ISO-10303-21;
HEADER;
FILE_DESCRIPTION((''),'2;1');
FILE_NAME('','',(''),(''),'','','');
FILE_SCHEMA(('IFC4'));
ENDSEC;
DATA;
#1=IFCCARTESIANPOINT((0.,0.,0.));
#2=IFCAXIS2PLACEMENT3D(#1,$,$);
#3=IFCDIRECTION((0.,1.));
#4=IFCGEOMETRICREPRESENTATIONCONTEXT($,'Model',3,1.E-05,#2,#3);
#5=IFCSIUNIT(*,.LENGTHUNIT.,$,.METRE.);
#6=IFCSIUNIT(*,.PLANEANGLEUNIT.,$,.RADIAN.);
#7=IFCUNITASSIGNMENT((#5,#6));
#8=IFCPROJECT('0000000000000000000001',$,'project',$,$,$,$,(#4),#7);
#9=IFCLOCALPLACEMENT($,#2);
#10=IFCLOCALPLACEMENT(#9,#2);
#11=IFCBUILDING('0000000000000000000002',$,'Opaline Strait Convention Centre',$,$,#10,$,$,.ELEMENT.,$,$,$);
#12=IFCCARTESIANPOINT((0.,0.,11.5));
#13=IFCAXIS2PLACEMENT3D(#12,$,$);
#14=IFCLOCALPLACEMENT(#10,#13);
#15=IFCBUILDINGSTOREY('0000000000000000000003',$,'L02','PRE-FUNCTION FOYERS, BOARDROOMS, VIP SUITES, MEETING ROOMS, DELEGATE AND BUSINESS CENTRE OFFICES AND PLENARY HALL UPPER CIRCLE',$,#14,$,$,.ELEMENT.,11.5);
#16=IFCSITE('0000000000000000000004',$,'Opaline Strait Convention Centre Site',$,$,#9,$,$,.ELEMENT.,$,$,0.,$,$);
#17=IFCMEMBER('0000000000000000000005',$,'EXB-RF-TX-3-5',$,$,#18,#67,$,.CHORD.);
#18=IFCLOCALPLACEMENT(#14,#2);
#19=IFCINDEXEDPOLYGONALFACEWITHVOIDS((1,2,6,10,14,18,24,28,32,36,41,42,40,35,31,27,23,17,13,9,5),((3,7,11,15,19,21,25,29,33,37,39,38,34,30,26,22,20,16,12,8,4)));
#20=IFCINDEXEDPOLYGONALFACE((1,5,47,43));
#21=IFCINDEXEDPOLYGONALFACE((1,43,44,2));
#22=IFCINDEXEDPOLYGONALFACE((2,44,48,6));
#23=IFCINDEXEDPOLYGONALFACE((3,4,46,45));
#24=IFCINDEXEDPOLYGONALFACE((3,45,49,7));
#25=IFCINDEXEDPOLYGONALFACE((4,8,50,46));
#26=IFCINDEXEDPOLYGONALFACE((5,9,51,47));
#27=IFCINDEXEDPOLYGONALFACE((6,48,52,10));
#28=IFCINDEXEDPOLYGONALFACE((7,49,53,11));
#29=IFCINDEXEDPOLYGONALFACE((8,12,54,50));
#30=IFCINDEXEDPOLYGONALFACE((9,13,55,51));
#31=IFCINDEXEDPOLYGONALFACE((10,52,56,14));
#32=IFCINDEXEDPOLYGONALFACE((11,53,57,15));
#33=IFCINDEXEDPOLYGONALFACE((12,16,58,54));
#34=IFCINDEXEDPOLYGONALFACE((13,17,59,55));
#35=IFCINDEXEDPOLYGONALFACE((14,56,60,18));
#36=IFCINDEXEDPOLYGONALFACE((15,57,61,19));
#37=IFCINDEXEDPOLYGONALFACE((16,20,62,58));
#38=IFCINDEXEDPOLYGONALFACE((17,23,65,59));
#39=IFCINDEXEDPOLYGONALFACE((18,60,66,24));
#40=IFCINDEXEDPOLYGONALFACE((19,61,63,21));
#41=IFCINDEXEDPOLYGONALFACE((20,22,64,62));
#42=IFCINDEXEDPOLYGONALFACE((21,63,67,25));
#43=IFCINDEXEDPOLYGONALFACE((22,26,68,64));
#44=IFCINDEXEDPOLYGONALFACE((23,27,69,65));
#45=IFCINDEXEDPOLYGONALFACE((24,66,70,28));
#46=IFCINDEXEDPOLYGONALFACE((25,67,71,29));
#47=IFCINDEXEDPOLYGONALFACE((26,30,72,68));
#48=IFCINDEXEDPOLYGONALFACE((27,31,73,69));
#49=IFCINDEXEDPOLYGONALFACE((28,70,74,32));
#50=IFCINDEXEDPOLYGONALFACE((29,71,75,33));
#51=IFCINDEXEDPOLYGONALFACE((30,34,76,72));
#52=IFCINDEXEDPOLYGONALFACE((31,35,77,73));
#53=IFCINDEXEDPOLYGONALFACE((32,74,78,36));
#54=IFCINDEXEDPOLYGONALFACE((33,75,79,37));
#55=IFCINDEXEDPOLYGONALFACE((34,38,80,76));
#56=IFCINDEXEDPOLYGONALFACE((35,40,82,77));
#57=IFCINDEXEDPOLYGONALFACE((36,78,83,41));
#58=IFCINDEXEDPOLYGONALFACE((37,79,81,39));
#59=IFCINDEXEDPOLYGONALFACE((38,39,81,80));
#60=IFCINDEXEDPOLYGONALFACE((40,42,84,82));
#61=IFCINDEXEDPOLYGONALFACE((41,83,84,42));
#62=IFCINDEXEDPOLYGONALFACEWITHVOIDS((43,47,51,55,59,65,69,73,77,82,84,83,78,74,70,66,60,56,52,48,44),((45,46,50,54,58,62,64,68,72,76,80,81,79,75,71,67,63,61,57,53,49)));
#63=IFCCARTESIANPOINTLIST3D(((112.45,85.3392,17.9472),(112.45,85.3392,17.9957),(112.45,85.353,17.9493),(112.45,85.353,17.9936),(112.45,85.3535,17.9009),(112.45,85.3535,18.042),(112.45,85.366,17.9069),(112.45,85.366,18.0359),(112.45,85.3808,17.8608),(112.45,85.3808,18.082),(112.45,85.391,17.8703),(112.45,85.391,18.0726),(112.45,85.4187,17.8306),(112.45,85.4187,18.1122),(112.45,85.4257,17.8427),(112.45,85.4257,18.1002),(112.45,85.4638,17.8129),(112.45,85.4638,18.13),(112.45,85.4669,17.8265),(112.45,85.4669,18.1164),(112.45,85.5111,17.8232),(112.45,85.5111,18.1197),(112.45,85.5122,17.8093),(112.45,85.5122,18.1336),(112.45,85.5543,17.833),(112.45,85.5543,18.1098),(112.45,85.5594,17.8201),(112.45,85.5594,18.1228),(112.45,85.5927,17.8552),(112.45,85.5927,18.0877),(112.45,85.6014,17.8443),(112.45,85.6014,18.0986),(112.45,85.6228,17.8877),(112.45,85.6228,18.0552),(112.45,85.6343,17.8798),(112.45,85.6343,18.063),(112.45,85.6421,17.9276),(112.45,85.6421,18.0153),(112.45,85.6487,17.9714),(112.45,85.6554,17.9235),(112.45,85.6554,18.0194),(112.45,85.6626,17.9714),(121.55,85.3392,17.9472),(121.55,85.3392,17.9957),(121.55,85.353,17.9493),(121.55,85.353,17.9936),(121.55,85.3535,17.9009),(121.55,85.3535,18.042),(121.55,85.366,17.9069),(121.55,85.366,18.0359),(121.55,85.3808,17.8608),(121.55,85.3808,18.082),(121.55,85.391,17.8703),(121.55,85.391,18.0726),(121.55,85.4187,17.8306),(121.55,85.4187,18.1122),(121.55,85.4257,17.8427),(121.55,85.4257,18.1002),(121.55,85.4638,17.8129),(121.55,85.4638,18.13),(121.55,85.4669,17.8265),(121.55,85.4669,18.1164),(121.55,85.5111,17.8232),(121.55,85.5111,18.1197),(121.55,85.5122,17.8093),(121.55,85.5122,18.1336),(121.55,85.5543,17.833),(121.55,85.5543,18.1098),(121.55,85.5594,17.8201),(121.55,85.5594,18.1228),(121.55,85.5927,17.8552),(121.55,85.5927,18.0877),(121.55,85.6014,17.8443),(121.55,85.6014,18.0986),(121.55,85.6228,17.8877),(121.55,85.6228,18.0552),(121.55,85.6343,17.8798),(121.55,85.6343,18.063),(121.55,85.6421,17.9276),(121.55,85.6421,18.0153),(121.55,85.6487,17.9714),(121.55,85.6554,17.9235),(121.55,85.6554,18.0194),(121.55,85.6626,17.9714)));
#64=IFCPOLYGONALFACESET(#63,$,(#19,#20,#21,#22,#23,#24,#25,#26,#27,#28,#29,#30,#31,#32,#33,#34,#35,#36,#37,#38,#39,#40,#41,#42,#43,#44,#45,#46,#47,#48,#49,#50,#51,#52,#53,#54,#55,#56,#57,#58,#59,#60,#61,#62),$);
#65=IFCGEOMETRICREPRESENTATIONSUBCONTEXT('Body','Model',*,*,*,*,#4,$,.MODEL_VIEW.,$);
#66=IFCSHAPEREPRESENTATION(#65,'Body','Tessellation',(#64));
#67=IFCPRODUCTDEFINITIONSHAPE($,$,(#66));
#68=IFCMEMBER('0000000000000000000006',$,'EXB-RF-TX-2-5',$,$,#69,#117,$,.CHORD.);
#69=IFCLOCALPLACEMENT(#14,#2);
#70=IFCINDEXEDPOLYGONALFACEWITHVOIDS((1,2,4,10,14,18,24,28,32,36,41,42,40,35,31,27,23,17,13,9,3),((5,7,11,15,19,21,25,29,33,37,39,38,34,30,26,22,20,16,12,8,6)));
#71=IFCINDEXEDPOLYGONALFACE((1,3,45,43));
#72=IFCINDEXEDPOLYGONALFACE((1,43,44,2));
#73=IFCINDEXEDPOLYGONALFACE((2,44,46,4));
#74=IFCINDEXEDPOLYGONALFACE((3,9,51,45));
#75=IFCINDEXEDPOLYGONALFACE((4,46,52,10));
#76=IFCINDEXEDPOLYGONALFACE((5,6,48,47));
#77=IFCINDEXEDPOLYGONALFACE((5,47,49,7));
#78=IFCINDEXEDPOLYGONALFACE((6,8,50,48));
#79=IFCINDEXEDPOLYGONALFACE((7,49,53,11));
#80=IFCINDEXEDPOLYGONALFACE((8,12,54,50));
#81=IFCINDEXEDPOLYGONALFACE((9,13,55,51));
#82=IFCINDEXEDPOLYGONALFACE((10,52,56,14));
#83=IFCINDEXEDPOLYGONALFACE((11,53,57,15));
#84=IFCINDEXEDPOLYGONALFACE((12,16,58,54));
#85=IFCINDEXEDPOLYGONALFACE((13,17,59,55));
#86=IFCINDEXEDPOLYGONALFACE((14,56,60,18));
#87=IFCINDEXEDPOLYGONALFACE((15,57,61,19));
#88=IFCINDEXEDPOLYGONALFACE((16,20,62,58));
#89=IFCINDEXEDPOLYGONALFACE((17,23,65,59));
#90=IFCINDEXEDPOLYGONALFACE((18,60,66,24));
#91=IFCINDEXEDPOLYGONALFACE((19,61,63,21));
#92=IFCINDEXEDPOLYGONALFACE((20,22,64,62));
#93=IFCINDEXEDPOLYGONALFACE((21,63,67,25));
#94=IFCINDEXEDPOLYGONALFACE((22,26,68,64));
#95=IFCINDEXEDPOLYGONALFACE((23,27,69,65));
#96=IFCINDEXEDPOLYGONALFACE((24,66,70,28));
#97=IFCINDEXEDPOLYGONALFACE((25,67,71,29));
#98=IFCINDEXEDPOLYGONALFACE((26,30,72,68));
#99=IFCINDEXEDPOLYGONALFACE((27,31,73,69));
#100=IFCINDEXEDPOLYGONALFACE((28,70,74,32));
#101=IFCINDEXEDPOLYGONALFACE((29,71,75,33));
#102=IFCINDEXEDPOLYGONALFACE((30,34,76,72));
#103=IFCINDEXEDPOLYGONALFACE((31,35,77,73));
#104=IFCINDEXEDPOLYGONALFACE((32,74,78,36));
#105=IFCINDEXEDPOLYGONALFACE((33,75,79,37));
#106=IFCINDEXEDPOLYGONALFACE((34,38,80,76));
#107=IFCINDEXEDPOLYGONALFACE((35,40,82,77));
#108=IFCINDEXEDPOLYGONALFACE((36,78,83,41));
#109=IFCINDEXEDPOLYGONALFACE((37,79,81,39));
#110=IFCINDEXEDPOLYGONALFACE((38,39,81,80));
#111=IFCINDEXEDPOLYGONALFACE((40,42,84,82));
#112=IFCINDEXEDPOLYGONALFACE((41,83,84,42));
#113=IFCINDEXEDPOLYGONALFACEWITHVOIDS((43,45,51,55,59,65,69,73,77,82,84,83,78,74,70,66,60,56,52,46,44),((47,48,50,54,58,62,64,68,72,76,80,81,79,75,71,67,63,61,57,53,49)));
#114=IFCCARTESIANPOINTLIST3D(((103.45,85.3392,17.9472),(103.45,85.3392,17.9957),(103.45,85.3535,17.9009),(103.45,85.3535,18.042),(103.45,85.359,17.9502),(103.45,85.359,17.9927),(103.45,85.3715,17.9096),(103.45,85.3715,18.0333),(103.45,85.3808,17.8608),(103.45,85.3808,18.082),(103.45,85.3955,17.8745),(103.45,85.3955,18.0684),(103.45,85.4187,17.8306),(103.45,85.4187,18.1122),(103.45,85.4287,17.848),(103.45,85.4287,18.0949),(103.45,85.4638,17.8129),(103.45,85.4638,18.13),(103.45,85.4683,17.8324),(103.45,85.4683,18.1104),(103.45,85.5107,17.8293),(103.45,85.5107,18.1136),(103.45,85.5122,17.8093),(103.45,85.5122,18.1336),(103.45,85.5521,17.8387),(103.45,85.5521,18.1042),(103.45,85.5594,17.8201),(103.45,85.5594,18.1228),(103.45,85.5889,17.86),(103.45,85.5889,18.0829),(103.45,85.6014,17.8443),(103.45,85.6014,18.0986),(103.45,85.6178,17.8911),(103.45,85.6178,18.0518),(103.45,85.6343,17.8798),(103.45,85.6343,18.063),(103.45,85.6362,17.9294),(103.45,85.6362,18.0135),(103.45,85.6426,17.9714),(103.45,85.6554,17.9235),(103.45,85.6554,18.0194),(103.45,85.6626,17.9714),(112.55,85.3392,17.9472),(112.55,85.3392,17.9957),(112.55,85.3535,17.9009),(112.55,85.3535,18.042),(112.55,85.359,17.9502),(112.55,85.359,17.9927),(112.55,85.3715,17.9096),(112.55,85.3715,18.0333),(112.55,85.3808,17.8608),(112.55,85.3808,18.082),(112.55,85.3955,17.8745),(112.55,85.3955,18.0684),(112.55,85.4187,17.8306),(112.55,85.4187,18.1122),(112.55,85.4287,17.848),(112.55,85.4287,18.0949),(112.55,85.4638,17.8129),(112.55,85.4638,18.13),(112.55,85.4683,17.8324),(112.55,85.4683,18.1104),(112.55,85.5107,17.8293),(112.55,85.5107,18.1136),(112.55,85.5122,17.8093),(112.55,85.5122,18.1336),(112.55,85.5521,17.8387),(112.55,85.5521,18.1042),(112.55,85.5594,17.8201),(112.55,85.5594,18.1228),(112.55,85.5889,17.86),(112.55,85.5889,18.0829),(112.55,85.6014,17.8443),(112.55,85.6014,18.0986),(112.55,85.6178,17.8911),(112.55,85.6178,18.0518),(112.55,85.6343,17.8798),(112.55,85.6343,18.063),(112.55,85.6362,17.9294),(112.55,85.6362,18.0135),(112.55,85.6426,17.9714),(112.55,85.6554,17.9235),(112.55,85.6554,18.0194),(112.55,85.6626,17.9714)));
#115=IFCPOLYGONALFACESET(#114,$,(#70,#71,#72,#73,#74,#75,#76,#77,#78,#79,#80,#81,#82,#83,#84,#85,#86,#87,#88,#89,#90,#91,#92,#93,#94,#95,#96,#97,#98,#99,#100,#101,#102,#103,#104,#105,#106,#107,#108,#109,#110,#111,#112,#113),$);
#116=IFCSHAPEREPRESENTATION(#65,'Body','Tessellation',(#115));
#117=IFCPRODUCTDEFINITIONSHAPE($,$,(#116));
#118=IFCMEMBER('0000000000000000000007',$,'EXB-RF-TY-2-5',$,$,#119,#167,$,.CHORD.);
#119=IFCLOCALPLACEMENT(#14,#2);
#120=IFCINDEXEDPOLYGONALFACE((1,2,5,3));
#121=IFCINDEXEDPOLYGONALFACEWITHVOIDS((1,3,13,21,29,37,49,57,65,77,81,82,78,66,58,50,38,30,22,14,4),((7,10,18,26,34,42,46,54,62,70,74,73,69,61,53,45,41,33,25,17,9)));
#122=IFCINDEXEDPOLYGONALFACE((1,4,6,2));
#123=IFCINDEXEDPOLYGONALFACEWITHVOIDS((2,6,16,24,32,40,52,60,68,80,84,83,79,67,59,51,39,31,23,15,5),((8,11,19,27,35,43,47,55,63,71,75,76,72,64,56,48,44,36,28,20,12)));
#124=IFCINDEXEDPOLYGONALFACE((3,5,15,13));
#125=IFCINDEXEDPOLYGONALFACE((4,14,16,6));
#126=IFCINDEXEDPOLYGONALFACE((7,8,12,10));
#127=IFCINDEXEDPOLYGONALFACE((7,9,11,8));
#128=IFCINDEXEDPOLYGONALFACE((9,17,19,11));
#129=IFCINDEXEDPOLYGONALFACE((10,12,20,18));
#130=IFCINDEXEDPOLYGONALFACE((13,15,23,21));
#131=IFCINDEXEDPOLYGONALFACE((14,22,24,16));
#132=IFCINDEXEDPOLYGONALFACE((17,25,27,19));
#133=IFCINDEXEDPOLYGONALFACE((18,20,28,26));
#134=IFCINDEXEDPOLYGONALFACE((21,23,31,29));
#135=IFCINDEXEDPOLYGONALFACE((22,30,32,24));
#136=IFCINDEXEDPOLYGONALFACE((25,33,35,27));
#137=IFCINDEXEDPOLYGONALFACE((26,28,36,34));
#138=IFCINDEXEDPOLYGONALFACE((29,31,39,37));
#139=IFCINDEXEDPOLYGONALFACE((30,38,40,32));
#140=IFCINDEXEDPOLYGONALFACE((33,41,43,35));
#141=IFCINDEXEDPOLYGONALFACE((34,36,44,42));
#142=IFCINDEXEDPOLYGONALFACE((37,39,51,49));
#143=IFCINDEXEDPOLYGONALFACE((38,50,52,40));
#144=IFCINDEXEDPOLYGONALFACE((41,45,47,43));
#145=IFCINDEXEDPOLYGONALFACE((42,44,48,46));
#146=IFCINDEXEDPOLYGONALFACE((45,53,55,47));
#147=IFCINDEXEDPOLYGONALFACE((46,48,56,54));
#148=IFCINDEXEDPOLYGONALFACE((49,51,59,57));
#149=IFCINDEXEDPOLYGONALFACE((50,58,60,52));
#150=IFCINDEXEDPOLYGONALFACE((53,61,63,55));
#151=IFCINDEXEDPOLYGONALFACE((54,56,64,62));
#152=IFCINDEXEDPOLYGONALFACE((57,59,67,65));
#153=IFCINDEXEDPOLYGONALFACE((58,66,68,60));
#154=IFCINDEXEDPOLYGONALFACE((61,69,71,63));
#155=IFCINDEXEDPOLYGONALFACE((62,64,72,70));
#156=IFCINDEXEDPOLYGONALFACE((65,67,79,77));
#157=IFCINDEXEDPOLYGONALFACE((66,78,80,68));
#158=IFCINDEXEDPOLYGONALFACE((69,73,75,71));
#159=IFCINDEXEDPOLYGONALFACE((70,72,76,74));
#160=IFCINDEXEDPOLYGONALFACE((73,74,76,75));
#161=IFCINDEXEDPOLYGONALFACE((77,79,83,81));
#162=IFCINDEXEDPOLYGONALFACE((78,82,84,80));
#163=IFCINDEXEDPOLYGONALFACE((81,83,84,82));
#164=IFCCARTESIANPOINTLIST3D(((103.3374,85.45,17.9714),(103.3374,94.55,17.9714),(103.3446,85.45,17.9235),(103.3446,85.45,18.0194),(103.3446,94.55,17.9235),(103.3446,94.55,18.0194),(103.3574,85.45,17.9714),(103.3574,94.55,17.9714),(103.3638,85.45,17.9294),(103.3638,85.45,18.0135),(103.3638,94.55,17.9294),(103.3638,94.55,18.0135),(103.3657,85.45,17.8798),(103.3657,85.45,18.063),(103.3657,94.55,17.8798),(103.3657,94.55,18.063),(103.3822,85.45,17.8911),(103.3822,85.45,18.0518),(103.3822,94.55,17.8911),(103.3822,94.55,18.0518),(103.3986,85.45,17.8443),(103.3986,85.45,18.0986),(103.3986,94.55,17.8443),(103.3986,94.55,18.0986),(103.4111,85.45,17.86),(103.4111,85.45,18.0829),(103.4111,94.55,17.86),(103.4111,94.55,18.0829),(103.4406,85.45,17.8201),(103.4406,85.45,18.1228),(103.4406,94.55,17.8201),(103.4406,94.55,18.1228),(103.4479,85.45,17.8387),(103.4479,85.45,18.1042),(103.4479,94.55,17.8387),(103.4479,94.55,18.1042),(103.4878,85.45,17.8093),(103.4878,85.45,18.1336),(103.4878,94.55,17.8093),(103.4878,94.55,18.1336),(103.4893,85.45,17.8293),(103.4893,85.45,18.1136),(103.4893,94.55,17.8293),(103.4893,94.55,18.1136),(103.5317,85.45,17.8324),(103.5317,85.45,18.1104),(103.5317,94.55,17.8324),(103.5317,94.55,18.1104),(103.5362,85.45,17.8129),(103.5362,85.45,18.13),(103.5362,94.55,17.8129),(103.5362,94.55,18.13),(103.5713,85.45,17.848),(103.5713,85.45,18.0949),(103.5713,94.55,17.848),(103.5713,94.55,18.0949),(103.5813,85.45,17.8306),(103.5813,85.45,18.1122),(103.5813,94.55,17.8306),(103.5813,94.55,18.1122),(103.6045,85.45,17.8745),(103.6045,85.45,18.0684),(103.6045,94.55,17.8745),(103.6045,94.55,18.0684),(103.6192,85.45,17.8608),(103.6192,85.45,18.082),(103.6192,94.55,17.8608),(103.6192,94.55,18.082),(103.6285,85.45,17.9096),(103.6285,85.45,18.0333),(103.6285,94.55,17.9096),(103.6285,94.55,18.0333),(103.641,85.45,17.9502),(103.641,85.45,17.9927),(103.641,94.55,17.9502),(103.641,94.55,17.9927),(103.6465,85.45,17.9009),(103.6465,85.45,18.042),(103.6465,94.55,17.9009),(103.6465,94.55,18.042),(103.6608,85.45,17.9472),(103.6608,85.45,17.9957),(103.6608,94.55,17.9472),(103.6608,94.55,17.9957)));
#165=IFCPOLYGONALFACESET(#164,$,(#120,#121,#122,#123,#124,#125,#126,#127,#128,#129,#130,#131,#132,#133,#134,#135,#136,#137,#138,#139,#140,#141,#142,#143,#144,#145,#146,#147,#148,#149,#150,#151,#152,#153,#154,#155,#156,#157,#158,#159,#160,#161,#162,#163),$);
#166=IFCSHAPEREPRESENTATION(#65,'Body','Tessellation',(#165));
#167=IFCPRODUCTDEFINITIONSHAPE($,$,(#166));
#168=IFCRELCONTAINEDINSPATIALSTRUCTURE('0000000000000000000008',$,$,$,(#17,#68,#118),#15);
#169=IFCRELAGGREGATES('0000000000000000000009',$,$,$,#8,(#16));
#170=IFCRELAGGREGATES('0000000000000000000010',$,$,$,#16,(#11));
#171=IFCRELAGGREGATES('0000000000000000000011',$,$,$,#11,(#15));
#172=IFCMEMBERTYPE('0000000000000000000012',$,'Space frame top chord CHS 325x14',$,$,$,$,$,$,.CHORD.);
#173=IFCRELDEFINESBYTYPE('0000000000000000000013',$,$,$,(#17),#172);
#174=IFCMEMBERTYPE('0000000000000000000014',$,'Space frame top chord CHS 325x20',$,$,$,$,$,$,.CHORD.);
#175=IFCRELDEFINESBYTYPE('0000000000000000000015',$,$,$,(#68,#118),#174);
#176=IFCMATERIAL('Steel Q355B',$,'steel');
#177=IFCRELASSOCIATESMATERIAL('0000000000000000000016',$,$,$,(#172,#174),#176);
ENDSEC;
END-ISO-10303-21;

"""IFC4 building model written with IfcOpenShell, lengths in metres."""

from ifc_helpers import new_model, si_unit, direction, frame, origin, origin_2d, place, context, subcontext, project, spatial, hollow_circle, extrude, material, material_profile, profile_set, type_object, element, save


model = new_model("IFC4")

# Units and contexts
model_context = context("Model", 3, precision=1e-05, world=origin(), true_north=direction((0.0, 1.0)))
body_context = subcontext(model_context, "Body", "Model", "MODEL_VIEW")
ifc_project = project(units=[si_unit("LENGTHUNIT", "METRE"), si_unit("PLANEANGLEUNIT", "RADIAN")], contexts=[model_context])

# Site, building, storey
site_placement = place(None, origin())
site = spatial("IfcSite", under=ifc_project, at=site_placement, Name="Opaline Strait Convention Centre Site", CompositionType="ELEMENT", RefElevation=0.0)
building_placement = place(site_placement, origin())
building = spatial("IfcBuilding", under=site, at=building_placement, Name="Opaline Strait Convention Centre", CompositionType="ELEMENT")
storey_placement = place(building_placement, frame((0.0, 0.0, 11.5)))
storey = spatial("IfcBuildingStorey", under=building, at=storey_placement, Name="L02", Description="PRE-FUNCTION FOYERS, BOARDROOMS, VIP SUITES, MEETING ROOMS, DELEGATE AND BUSINESS CENTRE OFFICES AND PLENARY HALL UPPER CIRCLE", CompositionType="ELEMENT", Elevation=11.5)

# Shared definitions
ifc_material_1 = material(Name="Steel Q355B", Category="steel")

# Members
ifc_material_profile_1 = material_profile(ifc_material_1, hollow_circle(Radius=0.1626, WallThickness=0.0139, at=origin_2d()), Name="CHS 325x14")
ifc_profile_set_1 = profile_set([ifc_material_profile_1], Name="Steel Q355B")
member_type_1 = type_object("IfcMemberType", Name="Space frame top chord CHS 325x14", PredefinedType="CHORD", material=ifc_profile_set_1)
member_1_placement = place(storey_placement, frame((112.45, 85.5, 17.9714), z_axis=(1.0, 0.0, 0.0), x_axis=(0.0, 1.0, 0.0)))
element("IfcMember", 1, at=member_1_placement, inside=storey, type_object=member_type_1, Name="EXB-RF-TX-3-5", PredefinedType="CHORD", context=body_context, shape_type="SweptSolid", body=[
    extrude(hollow_circle(Radius=0.1626, WallThickness=0.0139, at=origin_2d()), origin(), (0.0, 0.0, 1.0), 9.1001),
])
ifc_material_profile_2 = material_profile(ifc_material_1, hollow_circle(Radius=0.1626, WallThickness=0.02, at=origin_2d()), Name="CHS 325x20")
ifc_profile_set_2 = profile_set([ifc_material_profile_2], Name="Steel Q355B")
member_type_2 = type_object("IfcMemberType", Name="Space frame top chord CHS 325x20", PredefinedType="CHORD", material=ifc_profile_set_2)
for number, where, z_axis, x_axis, name in (
    (2, (103.45, 85.5, 17.9714), (1.0, 0.0, 0.0), (0.0, 1.0, 0.0), "EXB-RF-TX-2-5"),
    (3, (103.5, 85.45, 17.9714), (0.0, 1.0, 0.0), (-1.0, 0.0, 0.0), "EXB-RF-TY-2-5"),
):
    element("IfcMember", number, at=place(storey_placement, frame(where, z_axis=z_axis, x_axis=x_axis)), inside=storey, type_object=member_type_2, Name=name, PredefinedType="CHORD", context=body_context, shape_type="SweptSolid", body=[
        extrude(hollow_circle(Radius=0.1626, WallThickness=0.02, at=origin_2d()), origin(), (0.0, 0.0, 1.0), 9.1001),
    ])

save(model, "model.ifc")
